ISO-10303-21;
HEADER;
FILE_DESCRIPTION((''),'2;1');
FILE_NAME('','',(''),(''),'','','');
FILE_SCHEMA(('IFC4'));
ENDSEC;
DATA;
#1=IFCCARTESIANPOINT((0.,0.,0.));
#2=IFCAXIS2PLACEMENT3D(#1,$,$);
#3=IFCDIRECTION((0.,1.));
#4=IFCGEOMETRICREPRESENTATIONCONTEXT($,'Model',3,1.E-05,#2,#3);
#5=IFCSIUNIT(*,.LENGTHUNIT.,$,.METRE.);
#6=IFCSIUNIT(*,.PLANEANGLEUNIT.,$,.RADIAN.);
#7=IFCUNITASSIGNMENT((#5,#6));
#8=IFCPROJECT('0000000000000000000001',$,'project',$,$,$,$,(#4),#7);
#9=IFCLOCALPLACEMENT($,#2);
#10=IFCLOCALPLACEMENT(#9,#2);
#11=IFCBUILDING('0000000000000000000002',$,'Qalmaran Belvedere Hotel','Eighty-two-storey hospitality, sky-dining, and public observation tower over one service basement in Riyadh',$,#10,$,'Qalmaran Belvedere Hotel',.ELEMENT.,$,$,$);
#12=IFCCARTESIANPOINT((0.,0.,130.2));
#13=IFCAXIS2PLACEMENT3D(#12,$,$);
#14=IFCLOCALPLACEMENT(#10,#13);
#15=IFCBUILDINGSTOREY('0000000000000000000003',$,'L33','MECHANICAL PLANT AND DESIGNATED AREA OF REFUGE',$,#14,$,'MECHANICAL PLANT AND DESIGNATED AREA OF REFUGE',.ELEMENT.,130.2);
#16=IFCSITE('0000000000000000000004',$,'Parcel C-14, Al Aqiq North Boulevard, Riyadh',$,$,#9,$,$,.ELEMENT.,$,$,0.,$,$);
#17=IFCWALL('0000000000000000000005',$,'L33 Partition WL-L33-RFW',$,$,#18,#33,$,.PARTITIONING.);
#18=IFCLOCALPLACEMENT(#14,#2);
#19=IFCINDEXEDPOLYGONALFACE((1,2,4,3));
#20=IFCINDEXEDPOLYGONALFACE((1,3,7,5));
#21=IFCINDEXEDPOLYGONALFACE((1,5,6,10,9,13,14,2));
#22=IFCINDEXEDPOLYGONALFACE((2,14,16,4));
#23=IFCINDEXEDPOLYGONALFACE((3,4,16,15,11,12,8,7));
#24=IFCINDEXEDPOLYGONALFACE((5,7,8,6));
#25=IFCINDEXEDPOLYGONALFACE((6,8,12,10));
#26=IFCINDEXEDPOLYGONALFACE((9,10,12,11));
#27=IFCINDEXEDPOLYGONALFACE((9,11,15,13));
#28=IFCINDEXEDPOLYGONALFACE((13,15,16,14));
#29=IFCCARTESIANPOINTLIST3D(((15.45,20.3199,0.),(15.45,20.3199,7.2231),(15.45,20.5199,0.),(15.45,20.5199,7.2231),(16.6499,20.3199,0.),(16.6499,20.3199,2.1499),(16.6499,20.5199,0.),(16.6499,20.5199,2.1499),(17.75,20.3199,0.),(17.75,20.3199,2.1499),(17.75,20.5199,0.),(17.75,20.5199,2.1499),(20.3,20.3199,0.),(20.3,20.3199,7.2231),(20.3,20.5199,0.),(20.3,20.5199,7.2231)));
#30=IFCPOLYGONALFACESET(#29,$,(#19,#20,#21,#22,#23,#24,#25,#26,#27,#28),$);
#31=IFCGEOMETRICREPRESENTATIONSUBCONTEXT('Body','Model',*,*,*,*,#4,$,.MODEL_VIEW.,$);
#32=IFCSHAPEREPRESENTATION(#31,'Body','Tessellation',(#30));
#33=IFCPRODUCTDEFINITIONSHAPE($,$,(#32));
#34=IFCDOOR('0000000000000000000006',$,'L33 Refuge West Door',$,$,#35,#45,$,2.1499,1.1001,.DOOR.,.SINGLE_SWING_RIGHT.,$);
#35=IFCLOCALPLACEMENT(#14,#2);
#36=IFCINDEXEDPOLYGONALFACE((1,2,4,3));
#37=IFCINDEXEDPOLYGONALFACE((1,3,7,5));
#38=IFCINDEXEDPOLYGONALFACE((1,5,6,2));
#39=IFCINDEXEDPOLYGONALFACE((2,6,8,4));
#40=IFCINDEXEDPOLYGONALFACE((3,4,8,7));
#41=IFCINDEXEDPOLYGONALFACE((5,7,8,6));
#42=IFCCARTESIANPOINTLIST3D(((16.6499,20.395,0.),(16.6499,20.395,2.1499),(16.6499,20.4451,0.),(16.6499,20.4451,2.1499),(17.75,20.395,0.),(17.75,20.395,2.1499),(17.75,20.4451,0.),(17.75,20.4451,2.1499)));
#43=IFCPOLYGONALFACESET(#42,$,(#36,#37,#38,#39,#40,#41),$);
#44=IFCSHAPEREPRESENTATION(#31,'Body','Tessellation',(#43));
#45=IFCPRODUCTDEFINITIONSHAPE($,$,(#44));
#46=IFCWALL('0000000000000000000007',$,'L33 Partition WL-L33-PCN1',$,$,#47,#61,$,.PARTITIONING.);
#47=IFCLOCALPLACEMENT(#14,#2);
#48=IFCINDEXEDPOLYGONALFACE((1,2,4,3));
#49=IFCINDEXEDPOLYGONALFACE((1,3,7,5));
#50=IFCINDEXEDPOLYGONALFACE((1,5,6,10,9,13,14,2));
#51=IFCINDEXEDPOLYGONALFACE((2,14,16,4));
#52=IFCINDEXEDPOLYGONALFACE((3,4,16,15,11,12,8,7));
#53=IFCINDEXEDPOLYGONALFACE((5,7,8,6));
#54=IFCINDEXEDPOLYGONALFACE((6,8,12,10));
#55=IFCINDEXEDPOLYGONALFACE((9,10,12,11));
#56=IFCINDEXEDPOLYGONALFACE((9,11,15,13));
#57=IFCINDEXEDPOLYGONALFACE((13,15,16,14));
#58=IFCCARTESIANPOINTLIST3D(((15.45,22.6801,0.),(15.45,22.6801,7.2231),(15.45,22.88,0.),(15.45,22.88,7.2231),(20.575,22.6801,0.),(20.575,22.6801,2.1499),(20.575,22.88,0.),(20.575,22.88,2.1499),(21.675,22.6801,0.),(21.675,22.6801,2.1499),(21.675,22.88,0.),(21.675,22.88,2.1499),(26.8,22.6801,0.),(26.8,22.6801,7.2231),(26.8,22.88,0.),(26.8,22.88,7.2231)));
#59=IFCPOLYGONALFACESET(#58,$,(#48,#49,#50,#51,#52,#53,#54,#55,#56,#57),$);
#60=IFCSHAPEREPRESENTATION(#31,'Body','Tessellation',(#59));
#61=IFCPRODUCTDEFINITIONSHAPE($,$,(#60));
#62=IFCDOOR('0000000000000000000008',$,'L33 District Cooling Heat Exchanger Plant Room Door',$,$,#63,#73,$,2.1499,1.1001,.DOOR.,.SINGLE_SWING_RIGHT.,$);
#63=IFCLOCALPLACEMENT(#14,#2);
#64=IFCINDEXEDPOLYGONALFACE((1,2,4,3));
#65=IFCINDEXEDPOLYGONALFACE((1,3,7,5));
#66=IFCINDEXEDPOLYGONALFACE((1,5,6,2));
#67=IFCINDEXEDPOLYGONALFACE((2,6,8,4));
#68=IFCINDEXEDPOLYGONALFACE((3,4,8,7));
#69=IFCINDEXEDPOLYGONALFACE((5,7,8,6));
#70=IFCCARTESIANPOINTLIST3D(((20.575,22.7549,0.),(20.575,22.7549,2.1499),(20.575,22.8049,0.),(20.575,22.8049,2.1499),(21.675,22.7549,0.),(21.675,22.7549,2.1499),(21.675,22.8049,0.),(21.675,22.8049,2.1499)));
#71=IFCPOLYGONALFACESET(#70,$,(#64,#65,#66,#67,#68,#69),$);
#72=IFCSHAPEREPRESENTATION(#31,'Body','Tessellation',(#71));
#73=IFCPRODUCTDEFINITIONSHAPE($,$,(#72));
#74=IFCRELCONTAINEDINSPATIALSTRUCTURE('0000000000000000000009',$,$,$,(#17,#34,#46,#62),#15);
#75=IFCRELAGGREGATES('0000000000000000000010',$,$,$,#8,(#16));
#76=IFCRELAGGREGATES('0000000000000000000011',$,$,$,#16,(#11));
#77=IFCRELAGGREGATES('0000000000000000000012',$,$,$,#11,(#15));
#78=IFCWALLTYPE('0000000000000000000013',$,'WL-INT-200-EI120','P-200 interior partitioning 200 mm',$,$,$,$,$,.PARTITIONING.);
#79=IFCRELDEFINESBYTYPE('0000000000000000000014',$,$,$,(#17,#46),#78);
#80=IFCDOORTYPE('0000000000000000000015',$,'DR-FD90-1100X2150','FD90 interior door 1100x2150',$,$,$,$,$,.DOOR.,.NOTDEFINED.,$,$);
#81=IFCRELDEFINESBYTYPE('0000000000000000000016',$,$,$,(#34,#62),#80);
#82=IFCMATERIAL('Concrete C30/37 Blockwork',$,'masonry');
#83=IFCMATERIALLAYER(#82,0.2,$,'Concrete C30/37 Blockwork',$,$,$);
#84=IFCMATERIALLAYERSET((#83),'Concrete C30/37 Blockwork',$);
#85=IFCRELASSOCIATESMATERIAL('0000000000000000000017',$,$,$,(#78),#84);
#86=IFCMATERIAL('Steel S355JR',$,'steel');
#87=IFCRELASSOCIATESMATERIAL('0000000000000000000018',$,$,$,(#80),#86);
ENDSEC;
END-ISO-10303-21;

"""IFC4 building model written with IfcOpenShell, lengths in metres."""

from ifc_helpers import new_model, si_unit, direction, frame, frame_2d, origin, place, context, subcontext, project, spatial, rectangle, extrude, material, layer, layer_set, type_object, element, fill, save


model = new_model("IFC4")

# Units and contexts
model_context = context("Model", 3, precision=1e-05, world=origin(), true_north=direction((0.0, 1.0)))
body_context = subcontext(model_context, "Body", "Model", "MODEL_VIEW")
ifc_project = project(units=[si_unit("LENGTHUNIT", "METRE"), si_unit("PLANEANGLEUNIT", "RADIAN")], contexts=[model_context])

# Site, building, storey
site_placement = place(None, origin())
site = spatial("IfcSite", under=ifc_project, at=site_placement, Name="Parcel C-14, Al Aqiq North Boulevard, Riyadh", CompositionType="ELEMENT", RefElevation=0.0)
building_placement = place(site_placement, origin())
building = spatial("IfcBuilding", under=site, at=building_placement, Name="Qalmaran Belvedere Hotel", Description="Eighty-two-storey hospitality, sky-dining, and public observation tower over one service basement in Riyadh", LongName="Qalmaran Belvedere Hotel", CompositionType="ELEMENT")
storey_placement = place(building_placement, frame((0.0, 0.0, 130.2)))
storey = spatial("IfcBuildingStorey", under=building, at=storey_placement, Name="L33", Description="MECHANICAL PLANT AND DESIGNATED AREA OF REFUGE", LongName="MECHANICAL PLANT AND DESIGNATED AREA OF REFUGE", CompositionType="ELEMENT", Elevation=130.2)

# Shared definitions
ifc_material_1 = material(Name="Steel S355JR", Category="steel")

# Walls, openings, doors
ifc_material_2 = material(Name="Concrete C30/37 Blockwork", Category="masonry")
ifc_layer_1 = layer(ifc_material_2, 0.2, Name="Concrete C30/37 Blockwork")
ifc_layer_set_1 = layer_set([ifc_layer_1], Name="Concrete C30/37 Blockwork")
wall_type = type_object("IfcWallType", Name="WL-INT-200-EI120", Description="P-200 interior partitioning 200 mm", PredefinedType="PARTITIONING", material=ifc_layer_set_1)
wall_1_placement = place(storey_placement, frame((15.45, 20.4199, 0.0), z_axis=(0.0, 0.0, 1.0), x_axis=(1.0, 0.0, 0.0)))
wall_1 = element("IfcWall", 1, at=wall_1_placement, inside=storey, type_object=wall_type, Name="L33 Partition WL-L33-RFW", PredefinedType="PARTITIONING", context=body_context, shape_type="SweptSolid", body=[
    extrude(rectangle(XDim=4.8501, YDim=0.2, at=frame_2d((2.425, 0.0))), origin(), (0.0, 0.0, 1.0), 7.2231),
])
opening_1_placement = place(wall_1_placement, frame((2.3, 0.0, 0.0), z_axis=(0.0, 0.0, 1.0), x_axis=(-1.0, 0.0, 0.0)))
opening_1 = element("IfcOpeningElement", 2, at=opening_1_placement, cuts=wall_1, PredefinedType="OPENING", context=body_context, shape_type="SweptSolid", body=[
    extrude(rectangle(XDim=1.1001, YDim=2.1499, at=frame_2d((0.55, 1.075))), frame((0.0, 0.1099, 0.0), z_axis=(0.0, -1.0, 0.0), x_axis=(1.0, 0.0, 0.0)), (0.0, 0.0, 1.0), 0.22),
])
door_type = type_object("IfcDoorType", Name="DR-FD90-1100X2150", Description="FD90 interior door 1100x2150", OperationType="NOTDEFINED", PredefinedType="DOOR", material=ifc_material_1)
door_1_placement = place(opening_1_placement, origin())
door_1 = element("IfcDoor", 3, at=door_1_placement, inside=storey, type_object=door_type, Name="L33 Refuge West Door", OperationType="SINGLE_SWING_RIGHT", OverallHeight=2.1499, OverallWidth=1.1001, PredefinedType="DOOR", context=body_context, shape_type="SweptSolid", body=[
    extrude(rectangle(XDim=1.1001, YDim=2.1499, at=frame_2d((0.55, 1.075))), frame((0.0, 0.0249, 0.0), z_axis=(0.0, -1.0, 0.0), x_axis=(1.0, 0.0, 0.0)), (0.0, 0.0, 1.0), 0.05),
])
fill(opening_1, door_1)
wall_2_placement = place(storey_placement, frame((15.45, 22.78, 0.0), z_axis=(0.0, 0.0, 1.0), x_axis=(1.0, 0.0, 0.0)))
wall_2 = element("IfcWall", 4, at=wall_2_placement, inside=storey, type_object=wall_type, Name="L33 Partition WL-L33-PCN1", PredefinedType="PARTITIONING", context=body_context, shape_type="SweptSolid", body=[
    extrude(rectangle(XDim=11.3501, YDim=0.2, at=frame_2d((5.675, 0.0))), origin(), (0.0, 0.0, 1.0), 7.2231),
])
opening_2_placement = place(wall_2_placement, frame((5.125, 0.0, 0.0)))
opening_2 = element("IfcOpeningElement", 5, at=opening_2_placement, cuts=wall_2, PredefinedType="OPENING", context=body_context, shape_type="SweptSolid", body=[
    extrude(rectangle(XDim=1.1001, YDim=2.1499, at=frame_2d((0.55, 1.075))), frame((0.0, 0.1099, 0.0), z_axis=(0.0, -1.0, 0.0), x_axis=(1.0, 0.0, 0.0)), (0.0, 0.0, 1.0), 0.22),
])
door_2_placement = place(opening_2_placement, origin())
door_2 = element("IfcDoor", 6, at=door_2_placement, inside=storey, type_object=door_type, Name="L33 District Cooling Heat Exchanger Plant Room Door", OperationType="SINGLE_SWING_RIGHT", OverallHeight=2.1499, OverallWidth=1.1001, PredefinedType="DOOR", context=body_context, shape_type="SweptSolid", body=[
    extrude(rectangle(XDim=1.1001, YDim=2.1499, at=frame_2d((0.55, 1.075))), frame((0.0, 0.0249, 0.0), z_axis=(0.0, -1.0, 0.0), x_axis=(1.0, 0.0, 0.0)), (0.0, 0.0, 1.0), 0.05),
])
fill(opening_2, door_2)

save(model, "model.ifc")
